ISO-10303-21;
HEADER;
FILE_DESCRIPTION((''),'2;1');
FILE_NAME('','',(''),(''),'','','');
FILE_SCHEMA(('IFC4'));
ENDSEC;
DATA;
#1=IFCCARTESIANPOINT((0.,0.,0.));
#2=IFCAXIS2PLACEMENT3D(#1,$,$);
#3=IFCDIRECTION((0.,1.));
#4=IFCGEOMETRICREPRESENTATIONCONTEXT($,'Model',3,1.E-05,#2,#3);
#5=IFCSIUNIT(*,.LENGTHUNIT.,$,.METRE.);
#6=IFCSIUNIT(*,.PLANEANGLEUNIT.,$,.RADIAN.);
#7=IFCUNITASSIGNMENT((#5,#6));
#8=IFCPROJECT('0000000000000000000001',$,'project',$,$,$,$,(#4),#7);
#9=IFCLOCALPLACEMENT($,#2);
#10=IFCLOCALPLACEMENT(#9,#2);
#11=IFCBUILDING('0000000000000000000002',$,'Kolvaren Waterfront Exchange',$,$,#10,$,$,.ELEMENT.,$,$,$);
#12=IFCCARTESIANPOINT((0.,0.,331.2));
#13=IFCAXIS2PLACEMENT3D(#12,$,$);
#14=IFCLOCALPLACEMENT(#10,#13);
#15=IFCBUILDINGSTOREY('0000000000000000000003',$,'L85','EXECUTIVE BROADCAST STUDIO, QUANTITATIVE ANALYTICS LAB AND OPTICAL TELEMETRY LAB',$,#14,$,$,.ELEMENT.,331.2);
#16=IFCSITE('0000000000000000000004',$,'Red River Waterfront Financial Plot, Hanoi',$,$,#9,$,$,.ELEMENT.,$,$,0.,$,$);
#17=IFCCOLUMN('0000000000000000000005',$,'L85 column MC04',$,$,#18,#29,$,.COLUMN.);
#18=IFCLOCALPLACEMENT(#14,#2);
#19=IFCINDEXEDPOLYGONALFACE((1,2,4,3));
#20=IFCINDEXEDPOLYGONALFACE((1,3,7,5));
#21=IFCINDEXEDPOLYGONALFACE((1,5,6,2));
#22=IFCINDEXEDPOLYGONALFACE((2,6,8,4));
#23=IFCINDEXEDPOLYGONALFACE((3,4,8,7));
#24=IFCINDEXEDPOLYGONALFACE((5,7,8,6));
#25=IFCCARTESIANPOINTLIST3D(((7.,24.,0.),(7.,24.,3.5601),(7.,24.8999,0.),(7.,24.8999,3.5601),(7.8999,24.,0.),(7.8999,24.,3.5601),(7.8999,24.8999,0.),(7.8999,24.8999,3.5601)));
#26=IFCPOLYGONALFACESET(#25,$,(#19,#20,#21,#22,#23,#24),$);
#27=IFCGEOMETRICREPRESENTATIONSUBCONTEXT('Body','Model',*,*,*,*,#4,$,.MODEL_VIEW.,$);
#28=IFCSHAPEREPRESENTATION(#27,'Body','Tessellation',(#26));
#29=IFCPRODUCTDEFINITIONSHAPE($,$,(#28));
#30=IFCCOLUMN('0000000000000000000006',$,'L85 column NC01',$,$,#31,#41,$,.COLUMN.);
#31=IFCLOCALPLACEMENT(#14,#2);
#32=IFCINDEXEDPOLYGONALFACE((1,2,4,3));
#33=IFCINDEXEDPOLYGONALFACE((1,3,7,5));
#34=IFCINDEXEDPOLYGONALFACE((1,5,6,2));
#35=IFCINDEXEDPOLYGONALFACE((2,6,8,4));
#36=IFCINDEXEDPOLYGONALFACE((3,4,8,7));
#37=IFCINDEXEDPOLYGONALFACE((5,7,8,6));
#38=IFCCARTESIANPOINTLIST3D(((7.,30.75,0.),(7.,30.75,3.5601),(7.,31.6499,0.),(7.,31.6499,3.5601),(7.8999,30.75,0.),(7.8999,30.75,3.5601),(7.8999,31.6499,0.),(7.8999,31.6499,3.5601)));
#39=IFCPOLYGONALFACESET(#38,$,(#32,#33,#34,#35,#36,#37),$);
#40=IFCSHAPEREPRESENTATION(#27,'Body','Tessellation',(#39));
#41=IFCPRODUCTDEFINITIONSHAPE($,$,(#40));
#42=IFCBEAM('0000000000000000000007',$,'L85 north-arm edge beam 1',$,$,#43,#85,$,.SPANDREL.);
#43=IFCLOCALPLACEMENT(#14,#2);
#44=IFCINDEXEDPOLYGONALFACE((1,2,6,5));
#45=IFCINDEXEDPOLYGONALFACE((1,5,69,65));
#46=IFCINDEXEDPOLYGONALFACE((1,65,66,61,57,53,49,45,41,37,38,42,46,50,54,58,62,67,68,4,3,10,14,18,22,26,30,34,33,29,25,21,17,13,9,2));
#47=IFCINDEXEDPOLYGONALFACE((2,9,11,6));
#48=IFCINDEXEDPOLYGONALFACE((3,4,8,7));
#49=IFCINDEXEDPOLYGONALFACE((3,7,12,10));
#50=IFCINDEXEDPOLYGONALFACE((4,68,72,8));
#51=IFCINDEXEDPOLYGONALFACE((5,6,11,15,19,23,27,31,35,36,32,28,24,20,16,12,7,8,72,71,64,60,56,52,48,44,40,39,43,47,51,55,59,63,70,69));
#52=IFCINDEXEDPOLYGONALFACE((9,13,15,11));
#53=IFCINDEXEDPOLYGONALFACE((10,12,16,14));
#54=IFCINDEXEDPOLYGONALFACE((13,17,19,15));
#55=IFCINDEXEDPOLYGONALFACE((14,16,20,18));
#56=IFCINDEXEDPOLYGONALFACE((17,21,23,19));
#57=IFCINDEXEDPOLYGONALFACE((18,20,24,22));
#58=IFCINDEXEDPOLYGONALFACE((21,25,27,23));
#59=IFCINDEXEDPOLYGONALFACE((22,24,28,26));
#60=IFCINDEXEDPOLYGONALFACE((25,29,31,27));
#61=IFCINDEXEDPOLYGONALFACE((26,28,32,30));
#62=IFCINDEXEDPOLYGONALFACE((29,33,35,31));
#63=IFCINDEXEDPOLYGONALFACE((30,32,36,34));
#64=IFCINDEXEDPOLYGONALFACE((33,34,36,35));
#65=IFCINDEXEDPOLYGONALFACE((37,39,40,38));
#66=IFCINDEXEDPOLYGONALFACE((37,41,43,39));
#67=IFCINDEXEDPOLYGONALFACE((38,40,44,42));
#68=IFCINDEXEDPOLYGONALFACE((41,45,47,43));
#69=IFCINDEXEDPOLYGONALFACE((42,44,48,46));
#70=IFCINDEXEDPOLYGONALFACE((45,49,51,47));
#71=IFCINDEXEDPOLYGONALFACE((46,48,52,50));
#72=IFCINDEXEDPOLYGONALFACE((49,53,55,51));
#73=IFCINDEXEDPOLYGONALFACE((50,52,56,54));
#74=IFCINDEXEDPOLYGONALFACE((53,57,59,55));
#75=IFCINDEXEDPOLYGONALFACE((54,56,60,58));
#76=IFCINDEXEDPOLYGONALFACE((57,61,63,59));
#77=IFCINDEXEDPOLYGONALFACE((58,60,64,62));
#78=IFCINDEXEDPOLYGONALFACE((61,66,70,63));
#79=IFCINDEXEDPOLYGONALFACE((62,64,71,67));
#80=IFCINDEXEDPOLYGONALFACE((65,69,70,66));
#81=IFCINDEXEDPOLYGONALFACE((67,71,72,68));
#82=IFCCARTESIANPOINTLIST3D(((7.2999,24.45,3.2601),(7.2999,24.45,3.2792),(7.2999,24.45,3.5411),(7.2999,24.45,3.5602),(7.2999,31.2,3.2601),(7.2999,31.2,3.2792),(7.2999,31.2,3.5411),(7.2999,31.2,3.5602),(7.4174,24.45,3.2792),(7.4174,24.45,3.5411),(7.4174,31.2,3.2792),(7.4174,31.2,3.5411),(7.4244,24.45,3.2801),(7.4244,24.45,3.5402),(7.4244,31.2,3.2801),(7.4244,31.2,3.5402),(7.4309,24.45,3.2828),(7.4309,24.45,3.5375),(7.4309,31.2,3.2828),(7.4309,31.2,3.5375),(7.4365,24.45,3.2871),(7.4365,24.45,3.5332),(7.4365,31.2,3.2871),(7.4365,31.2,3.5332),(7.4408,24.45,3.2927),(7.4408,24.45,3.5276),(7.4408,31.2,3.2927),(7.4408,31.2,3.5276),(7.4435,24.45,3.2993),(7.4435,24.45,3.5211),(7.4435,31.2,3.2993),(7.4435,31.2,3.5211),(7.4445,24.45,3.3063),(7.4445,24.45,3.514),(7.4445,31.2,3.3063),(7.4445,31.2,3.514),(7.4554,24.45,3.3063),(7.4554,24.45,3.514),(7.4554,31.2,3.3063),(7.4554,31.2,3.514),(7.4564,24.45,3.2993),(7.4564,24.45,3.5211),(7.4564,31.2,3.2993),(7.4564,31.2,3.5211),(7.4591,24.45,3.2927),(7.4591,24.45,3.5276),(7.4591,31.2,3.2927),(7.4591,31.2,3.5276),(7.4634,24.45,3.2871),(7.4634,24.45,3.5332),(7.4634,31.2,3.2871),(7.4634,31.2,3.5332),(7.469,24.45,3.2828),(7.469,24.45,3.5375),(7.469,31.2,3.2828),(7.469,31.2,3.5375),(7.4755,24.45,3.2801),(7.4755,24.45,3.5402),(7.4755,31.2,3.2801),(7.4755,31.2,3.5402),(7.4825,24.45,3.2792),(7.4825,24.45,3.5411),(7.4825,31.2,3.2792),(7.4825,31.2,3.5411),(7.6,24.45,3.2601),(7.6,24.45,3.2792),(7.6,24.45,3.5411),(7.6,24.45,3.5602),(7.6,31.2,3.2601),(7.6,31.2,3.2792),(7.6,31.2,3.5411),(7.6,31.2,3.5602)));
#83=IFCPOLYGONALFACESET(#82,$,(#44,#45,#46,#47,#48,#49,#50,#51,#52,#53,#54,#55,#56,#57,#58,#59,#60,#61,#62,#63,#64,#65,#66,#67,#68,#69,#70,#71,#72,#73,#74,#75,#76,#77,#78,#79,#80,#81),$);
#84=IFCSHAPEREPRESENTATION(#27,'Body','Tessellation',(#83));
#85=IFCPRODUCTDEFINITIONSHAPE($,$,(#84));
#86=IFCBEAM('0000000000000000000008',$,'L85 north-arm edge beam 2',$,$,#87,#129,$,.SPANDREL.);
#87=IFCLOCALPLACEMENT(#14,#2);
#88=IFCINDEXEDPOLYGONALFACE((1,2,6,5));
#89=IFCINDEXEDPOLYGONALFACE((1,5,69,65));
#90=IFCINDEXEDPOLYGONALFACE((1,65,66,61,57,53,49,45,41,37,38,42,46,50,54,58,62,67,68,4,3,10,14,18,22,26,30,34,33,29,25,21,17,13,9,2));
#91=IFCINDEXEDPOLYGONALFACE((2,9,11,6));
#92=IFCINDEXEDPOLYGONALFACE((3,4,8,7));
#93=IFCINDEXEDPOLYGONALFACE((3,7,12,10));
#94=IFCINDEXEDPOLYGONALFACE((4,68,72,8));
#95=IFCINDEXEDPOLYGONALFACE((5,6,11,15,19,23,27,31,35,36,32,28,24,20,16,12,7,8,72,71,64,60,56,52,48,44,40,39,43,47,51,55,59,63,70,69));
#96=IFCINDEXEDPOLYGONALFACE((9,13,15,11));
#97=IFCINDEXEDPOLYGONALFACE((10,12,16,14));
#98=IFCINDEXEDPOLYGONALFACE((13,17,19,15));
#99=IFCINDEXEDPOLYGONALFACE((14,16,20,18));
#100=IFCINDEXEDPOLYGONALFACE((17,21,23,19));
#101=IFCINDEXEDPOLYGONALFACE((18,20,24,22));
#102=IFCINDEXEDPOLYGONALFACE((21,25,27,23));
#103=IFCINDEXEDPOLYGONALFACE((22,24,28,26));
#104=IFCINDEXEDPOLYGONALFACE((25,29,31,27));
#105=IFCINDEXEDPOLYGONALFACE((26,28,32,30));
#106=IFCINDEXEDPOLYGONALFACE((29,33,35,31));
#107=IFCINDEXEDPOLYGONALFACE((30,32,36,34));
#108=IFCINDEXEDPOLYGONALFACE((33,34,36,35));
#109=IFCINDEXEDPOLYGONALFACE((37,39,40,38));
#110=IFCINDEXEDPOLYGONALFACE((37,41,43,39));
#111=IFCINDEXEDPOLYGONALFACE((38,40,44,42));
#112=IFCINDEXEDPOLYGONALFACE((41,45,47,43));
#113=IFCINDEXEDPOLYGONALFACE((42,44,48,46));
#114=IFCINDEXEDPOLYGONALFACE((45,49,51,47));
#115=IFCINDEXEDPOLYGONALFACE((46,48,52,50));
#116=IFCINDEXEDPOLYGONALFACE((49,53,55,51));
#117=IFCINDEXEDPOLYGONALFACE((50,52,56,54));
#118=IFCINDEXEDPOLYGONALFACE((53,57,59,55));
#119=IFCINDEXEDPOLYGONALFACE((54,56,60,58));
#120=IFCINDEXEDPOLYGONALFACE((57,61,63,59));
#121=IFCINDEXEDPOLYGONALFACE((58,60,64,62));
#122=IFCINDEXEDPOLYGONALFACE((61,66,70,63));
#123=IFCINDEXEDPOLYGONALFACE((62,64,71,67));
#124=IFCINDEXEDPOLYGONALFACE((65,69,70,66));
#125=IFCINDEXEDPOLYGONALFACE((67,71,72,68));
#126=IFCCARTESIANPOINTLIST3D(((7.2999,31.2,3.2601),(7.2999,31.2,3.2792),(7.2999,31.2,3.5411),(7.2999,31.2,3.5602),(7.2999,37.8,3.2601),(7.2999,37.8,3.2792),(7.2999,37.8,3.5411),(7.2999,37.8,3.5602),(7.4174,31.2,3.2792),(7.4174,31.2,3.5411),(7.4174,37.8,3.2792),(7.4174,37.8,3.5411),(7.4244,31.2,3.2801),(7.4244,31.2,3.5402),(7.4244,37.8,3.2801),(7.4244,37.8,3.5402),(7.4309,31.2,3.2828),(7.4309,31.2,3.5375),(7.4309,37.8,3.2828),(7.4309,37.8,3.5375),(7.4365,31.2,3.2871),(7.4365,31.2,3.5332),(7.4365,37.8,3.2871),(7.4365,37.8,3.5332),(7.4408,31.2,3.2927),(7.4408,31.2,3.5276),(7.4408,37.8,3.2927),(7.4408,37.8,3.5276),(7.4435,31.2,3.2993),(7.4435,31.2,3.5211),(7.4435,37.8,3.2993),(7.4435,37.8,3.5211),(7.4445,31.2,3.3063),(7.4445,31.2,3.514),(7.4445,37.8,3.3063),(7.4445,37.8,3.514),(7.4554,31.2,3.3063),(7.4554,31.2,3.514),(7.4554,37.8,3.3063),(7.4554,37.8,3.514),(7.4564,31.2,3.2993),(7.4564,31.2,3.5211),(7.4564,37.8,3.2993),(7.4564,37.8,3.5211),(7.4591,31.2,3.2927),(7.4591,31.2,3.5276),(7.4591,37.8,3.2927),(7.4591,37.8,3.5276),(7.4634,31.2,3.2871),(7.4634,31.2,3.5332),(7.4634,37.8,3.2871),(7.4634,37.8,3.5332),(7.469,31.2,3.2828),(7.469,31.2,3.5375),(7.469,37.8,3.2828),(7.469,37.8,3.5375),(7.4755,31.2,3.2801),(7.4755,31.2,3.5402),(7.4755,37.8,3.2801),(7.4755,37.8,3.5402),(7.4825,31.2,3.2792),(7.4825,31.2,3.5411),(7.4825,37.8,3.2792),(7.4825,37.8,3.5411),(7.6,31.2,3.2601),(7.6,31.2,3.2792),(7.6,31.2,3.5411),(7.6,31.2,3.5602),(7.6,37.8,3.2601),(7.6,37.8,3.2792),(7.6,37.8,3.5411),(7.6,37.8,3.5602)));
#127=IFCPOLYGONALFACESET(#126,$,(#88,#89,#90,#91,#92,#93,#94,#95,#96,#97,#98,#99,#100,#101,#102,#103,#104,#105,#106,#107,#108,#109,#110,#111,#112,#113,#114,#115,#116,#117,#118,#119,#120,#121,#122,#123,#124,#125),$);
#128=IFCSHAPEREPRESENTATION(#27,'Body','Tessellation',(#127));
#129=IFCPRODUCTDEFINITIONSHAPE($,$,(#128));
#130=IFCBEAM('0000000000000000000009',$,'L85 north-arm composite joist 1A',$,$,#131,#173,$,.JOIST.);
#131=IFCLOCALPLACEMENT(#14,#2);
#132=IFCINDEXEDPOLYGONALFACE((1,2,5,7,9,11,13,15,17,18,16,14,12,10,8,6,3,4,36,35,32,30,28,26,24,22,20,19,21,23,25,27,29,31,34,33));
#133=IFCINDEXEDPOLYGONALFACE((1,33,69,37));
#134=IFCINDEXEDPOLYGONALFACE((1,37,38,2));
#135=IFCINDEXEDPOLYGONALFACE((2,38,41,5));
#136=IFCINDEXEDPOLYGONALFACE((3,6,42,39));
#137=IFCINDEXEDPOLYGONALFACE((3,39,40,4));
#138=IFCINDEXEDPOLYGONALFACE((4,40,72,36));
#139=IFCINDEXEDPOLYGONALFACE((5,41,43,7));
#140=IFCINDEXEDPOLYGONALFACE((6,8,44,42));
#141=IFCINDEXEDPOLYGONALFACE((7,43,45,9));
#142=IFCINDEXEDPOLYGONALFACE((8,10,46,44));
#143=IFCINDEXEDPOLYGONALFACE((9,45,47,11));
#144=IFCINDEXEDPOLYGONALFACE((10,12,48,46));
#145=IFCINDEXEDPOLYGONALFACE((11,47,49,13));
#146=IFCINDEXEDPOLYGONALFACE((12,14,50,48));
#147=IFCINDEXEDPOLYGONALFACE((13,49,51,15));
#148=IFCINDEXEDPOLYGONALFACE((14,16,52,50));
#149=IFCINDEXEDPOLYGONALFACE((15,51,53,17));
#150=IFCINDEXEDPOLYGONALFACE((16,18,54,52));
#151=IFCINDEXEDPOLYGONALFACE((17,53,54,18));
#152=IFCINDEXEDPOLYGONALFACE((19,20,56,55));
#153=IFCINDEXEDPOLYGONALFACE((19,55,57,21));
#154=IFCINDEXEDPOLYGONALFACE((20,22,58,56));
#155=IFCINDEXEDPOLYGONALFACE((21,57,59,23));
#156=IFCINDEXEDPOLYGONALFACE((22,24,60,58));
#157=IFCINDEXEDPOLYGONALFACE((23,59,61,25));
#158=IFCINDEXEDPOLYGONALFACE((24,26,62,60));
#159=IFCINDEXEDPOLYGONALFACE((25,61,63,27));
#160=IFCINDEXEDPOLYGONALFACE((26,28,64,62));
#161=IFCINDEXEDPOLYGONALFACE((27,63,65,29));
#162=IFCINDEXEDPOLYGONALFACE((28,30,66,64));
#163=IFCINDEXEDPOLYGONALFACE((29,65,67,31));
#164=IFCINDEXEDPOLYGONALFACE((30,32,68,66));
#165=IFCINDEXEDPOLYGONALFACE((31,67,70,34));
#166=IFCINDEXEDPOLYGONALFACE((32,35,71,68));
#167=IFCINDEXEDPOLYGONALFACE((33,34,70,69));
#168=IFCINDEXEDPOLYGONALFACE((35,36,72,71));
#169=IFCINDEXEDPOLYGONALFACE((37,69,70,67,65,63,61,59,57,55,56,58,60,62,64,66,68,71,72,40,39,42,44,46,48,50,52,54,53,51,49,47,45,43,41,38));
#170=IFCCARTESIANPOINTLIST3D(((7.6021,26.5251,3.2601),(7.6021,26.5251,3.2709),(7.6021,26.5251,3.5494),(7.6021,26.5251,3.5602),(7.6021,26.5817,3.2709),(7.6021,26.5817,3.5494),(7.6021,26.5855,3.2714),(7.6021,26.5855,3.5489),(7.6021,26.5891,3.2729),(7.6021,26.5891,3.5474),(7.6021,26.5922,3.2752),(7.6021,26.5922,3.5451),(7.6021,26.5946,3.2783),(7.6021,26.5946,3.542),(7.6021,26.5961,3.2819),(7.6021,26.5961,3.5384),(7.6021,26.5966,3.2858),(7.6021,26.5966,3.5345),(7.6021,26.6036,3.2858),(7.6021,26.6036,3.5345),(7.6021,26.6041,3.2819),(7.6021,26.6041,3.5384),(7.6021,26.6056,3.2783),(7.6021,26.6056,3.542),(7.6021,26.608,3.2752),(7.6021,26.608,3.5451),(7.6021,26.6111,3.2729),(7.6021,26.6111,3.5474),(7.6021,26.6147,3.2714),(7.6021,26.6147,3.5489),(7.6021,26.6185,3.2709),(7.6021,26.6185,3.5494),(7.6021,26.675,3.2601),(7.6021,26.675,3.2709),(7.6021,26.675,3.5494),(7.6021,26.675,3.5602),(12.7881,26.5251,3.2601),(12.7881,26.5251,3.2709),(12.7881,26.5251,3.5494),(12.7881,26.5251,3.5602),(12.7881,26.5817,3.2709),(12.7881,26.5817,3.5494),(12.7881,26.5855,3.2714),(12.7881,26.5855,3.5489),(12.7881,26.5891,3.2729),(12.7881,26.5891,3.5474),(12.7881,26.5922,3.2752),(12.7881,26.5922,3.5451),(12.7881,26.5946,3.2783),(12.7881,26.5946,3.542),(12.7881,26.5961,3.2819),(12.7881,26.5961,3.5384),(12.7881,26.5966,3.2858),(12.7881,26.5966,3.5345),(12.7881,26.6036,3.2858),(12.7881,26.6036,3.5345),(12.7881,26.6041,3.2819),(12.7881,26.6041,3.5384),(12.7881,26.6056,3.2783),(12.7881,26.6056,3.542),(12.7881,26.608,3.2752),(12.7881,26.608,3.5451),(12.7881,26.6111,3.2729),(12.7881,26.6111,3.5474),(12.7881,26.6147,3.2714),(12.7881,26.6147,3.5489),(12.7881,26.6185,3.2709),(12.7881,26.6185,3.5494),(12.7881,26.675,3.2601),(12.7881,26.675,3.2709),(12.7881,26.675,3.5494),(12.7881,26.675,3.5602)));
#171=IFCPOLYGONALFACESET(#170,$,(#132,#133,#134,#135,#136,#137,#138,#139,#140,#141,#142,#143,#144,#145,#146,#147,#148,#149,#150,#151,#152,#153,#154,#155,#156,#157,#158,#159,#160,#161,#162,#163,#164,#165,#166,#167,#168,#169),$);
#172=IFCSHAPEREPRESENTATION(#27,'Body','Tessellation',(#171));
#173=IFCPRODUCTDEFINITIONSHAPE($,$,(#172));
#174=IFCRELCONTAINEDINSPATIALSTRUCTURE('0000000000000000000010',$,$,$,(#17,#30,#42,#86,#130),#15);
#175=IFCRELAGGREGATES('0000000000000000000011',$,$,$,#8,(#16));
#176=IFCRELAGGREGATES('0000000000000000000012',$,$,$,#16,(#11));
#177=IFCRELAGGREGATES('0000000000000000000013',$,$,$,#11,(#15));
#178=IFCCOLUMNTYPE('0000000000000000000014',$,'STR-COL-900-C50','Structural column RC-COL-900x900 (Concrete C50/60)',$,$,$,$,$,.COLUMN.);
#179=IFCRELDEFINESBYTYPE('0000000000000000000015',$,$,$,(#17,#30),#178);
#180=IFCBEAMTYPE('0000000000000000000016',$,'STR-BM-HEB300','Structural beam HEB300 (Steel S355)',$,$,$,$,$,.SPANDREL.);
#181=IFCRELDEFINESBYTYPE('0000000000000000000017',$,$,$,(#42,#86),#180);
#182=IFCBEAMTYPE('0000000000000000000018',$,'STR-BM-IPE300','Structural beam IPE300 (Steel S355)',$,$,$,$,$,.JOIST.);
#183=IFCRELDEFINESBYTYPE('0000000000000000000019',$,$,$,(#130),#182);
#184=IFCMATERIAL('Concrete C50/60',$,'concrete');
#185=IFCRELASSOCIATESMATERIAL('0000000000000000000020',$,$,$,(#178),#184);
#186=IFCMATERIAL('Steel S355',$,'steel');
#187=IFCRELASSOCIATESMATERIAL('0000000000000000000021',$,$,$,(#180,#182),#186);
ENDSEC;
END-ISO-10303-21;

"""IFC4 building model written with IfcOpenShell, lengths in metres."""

from ifc_helpers import new_model, si_unit, direction, frame, origin, origin_2d, place, context, subcontext, project, spatial, rectangle, i_section, extrude, material, material_profile, profile_set, type_object, element, save


model = new_model("IFC4")

# Units and contexts
model_context = context("Model", 3, precision=1e-05, world=origin(), true_north=direction((0.0, 1.0)))
body_context = subcontext(model_context, "Body", "Model", "MODEL_VIEW")
ifc_project = project(units=[si_unit("LENGTHUNIT", "METRE"), si_unit("PLANEANGLEUNIT", "RADIAN")], contexts=[model_context])

# Site, building, storey
site_placement = place(None, origin())
site = spatial("IfcSite", under=ifc_project, at=site_placement, Name="Red River Waterfront Financial Plot, Hanoi", CompositionType="ELEMENT", RefElevation=0.0)
building_placement = place(site_placement, origin())
building = spatial("IfcBuilding", under=site, at=building_placement, Name="Kolvaren Waterfront Exchange", CompositionType="ELEMENT")
storey_placement = place(building_placement, frame((0.0, 0.0, 331.2)))
storey = spatial("IfcBuildingStorey", under=building, at=storey_placement, Name="L85", Description="EXECUTIVE BROADCAST STUDIO, QUANTITATIVE ANALYTICS LAB AND OPTICAL TELEMETRY LAB", CompositionType="ELEMENT", Elevation=331.2)

# Columns
ifc_material_1 = material(Name="Concrete C50/60", Category="concrete")
ifc_material_profile_1 = material_profile(ifc_material_1, rectangle(XDim=0.8999, YDim=0.8999, at=origin_2d()), Name="RC-COL-900x900")
ifc_profile_set_1 = profile_set([ifc_material_profile_1], Name="Concrete C50/60")
column_type = type_object("IfcColumnType", Name="STR-COL-900-C50", Description="Structural column RC-COL-900x900 (Concrete C50/60)", PredefinedType="COLUMN", material=ifc_profile_set_1)
for number, where, z_axis, x_axis, name in (
    (1, (7.45, 24.45, 0.0), (0.0, 0.0, 1.0), (1.0, 0.0, 0.0), "L85 column MC04"),
    (2, (7.45, 31.2, 0.0), (0.0, 0.0, 1.0), (1.0, 0.0, 0.0), "L85 column NC01"),
):
    element("IfcColumn", number, at=place(storey_placement, frame(where, z_axis=z_axis, x_axis=x_axis)), inside=storey, type_object=column_type, Name=name, PredefinedType="COLUMN", context=body_context, shape_type="SweptSolid", body=[
        extrude(rectangle(XDim=0.8999, YDim=0.8999, at=origin_2d()), origin(), (0.0, 0.0, 1.0), 3.5601),
    ])

# Beams
ifc_material_2 = material(Name="Steel S355", Category="steel")
ifc_material_profile_2 = material_profile(ifc_material_2, i_section(OverallWidth=0.3, OverallDepth=0.3, WebThickness=0.011, FlangeThickness=0.019, FilletRadius=0.0271, at=origin_2d()), Name="HEB300")
ifc_profile_set_2 = profile_set([ifc_material_profile_2], Name="Steel S355")
beam_type_1 = type_object("IfcBeamType", Name="STR-BM-HEB300", Description="Structural beam HEB300 (Steel S355)", PredefinedType="SPANDREL", material=ifc_profile_set_2)
beam_1_placement = place(storey_placement, frame((7.45, 24.45, 3.4102), z_axis=(0.0, 1.0, 0.0), x_axis=(-1.0, 0.0, 0.0)))
element("IfcBeam", 3, at=beam_1_placement, inside=storey, type_object=beam_type_1, Name="L85 north-arm edge beam 1", PredefinedType="SPANDREL", context=body_context, shape_type="SweptSolid", body=[
    extrude(i_section(OverallWidth=0.3, OverallDepth=0.3, WebThickness=0.011, FlangeThickness=0.019, FilletRadius=0.0271, at=origin_2d()), origin(), (0.0, 0.0, 1.0), 6.75),
])
beam_2_placement = place(storey_placement, frame((7.45, 31.2, 3.4102), z_axis=(0.0, 1.0, 0.0), x_axis=(-1.0, 0.0, 0.0)))
element("IfcBeam", 4, at=beam_2_placement, inside=storey, type_object=beam_type_1, Name="L85 north-arm edge beam 2", PredefinedType="SPANDREL", context=body_context, shape_type="SweptSolid", body=[
    extrude(i_section(OverallWidth=0.3, OverallDepth=0.3, WebThickness=0.011, FlangeThickness=0.019, FilletRadius=0.0271, at=origin_2d()), origin(), (0.0, 0.0, 1.0), 6.6001),
])
ifc_material_profile_3 = material_profile(ifc_material_2, i_section(OverallWidth=0.1499, OverallDepth=0.3, WebThickness=0.0071, FlangeThickness=0.0107, FilletRadius=0.0149, at=origin_2d()), Name="IPE300")
ifc_profile_set_3 = profile_set([ifc_material_profile_3], Name="Steel S355")
beam_type_2 = type_object("IfcBeamType", Name="STR-BM-IPE300", Description="Structural beam IPE300 (Steel S355)", PredefinedType="JOIST", material=ifc_profile_set_3)
for number, where, z_axis, x_axis, name in (
    (5, (7.6021, 26.6001, 3.4102), (1.0, 0.0, 0.0), (0.0, 1.0, 0.0), "L85 north-arm composite joist 1A"),
):
    element("IfcBeam", number, at=place(storey_placement, frame(where, z_axis=z_axis, x_axis=x_axis)), inside=storey, type_object=beam_type_2, Name=name, PredefinedType="JOIST", context=body_context, shape_type="SweptSolid", body=[
        extrude(i_section(OverallWidth=0.1499, OverallDepth=0.3, WebThickness=0.0071, FlangeThickness=0.0107, FilletRadius=0.0149, at=origin_2d()), origin(), (0.0, 0.0, 1.0), 5.186),
    ])

save(model, "model.ifc")
